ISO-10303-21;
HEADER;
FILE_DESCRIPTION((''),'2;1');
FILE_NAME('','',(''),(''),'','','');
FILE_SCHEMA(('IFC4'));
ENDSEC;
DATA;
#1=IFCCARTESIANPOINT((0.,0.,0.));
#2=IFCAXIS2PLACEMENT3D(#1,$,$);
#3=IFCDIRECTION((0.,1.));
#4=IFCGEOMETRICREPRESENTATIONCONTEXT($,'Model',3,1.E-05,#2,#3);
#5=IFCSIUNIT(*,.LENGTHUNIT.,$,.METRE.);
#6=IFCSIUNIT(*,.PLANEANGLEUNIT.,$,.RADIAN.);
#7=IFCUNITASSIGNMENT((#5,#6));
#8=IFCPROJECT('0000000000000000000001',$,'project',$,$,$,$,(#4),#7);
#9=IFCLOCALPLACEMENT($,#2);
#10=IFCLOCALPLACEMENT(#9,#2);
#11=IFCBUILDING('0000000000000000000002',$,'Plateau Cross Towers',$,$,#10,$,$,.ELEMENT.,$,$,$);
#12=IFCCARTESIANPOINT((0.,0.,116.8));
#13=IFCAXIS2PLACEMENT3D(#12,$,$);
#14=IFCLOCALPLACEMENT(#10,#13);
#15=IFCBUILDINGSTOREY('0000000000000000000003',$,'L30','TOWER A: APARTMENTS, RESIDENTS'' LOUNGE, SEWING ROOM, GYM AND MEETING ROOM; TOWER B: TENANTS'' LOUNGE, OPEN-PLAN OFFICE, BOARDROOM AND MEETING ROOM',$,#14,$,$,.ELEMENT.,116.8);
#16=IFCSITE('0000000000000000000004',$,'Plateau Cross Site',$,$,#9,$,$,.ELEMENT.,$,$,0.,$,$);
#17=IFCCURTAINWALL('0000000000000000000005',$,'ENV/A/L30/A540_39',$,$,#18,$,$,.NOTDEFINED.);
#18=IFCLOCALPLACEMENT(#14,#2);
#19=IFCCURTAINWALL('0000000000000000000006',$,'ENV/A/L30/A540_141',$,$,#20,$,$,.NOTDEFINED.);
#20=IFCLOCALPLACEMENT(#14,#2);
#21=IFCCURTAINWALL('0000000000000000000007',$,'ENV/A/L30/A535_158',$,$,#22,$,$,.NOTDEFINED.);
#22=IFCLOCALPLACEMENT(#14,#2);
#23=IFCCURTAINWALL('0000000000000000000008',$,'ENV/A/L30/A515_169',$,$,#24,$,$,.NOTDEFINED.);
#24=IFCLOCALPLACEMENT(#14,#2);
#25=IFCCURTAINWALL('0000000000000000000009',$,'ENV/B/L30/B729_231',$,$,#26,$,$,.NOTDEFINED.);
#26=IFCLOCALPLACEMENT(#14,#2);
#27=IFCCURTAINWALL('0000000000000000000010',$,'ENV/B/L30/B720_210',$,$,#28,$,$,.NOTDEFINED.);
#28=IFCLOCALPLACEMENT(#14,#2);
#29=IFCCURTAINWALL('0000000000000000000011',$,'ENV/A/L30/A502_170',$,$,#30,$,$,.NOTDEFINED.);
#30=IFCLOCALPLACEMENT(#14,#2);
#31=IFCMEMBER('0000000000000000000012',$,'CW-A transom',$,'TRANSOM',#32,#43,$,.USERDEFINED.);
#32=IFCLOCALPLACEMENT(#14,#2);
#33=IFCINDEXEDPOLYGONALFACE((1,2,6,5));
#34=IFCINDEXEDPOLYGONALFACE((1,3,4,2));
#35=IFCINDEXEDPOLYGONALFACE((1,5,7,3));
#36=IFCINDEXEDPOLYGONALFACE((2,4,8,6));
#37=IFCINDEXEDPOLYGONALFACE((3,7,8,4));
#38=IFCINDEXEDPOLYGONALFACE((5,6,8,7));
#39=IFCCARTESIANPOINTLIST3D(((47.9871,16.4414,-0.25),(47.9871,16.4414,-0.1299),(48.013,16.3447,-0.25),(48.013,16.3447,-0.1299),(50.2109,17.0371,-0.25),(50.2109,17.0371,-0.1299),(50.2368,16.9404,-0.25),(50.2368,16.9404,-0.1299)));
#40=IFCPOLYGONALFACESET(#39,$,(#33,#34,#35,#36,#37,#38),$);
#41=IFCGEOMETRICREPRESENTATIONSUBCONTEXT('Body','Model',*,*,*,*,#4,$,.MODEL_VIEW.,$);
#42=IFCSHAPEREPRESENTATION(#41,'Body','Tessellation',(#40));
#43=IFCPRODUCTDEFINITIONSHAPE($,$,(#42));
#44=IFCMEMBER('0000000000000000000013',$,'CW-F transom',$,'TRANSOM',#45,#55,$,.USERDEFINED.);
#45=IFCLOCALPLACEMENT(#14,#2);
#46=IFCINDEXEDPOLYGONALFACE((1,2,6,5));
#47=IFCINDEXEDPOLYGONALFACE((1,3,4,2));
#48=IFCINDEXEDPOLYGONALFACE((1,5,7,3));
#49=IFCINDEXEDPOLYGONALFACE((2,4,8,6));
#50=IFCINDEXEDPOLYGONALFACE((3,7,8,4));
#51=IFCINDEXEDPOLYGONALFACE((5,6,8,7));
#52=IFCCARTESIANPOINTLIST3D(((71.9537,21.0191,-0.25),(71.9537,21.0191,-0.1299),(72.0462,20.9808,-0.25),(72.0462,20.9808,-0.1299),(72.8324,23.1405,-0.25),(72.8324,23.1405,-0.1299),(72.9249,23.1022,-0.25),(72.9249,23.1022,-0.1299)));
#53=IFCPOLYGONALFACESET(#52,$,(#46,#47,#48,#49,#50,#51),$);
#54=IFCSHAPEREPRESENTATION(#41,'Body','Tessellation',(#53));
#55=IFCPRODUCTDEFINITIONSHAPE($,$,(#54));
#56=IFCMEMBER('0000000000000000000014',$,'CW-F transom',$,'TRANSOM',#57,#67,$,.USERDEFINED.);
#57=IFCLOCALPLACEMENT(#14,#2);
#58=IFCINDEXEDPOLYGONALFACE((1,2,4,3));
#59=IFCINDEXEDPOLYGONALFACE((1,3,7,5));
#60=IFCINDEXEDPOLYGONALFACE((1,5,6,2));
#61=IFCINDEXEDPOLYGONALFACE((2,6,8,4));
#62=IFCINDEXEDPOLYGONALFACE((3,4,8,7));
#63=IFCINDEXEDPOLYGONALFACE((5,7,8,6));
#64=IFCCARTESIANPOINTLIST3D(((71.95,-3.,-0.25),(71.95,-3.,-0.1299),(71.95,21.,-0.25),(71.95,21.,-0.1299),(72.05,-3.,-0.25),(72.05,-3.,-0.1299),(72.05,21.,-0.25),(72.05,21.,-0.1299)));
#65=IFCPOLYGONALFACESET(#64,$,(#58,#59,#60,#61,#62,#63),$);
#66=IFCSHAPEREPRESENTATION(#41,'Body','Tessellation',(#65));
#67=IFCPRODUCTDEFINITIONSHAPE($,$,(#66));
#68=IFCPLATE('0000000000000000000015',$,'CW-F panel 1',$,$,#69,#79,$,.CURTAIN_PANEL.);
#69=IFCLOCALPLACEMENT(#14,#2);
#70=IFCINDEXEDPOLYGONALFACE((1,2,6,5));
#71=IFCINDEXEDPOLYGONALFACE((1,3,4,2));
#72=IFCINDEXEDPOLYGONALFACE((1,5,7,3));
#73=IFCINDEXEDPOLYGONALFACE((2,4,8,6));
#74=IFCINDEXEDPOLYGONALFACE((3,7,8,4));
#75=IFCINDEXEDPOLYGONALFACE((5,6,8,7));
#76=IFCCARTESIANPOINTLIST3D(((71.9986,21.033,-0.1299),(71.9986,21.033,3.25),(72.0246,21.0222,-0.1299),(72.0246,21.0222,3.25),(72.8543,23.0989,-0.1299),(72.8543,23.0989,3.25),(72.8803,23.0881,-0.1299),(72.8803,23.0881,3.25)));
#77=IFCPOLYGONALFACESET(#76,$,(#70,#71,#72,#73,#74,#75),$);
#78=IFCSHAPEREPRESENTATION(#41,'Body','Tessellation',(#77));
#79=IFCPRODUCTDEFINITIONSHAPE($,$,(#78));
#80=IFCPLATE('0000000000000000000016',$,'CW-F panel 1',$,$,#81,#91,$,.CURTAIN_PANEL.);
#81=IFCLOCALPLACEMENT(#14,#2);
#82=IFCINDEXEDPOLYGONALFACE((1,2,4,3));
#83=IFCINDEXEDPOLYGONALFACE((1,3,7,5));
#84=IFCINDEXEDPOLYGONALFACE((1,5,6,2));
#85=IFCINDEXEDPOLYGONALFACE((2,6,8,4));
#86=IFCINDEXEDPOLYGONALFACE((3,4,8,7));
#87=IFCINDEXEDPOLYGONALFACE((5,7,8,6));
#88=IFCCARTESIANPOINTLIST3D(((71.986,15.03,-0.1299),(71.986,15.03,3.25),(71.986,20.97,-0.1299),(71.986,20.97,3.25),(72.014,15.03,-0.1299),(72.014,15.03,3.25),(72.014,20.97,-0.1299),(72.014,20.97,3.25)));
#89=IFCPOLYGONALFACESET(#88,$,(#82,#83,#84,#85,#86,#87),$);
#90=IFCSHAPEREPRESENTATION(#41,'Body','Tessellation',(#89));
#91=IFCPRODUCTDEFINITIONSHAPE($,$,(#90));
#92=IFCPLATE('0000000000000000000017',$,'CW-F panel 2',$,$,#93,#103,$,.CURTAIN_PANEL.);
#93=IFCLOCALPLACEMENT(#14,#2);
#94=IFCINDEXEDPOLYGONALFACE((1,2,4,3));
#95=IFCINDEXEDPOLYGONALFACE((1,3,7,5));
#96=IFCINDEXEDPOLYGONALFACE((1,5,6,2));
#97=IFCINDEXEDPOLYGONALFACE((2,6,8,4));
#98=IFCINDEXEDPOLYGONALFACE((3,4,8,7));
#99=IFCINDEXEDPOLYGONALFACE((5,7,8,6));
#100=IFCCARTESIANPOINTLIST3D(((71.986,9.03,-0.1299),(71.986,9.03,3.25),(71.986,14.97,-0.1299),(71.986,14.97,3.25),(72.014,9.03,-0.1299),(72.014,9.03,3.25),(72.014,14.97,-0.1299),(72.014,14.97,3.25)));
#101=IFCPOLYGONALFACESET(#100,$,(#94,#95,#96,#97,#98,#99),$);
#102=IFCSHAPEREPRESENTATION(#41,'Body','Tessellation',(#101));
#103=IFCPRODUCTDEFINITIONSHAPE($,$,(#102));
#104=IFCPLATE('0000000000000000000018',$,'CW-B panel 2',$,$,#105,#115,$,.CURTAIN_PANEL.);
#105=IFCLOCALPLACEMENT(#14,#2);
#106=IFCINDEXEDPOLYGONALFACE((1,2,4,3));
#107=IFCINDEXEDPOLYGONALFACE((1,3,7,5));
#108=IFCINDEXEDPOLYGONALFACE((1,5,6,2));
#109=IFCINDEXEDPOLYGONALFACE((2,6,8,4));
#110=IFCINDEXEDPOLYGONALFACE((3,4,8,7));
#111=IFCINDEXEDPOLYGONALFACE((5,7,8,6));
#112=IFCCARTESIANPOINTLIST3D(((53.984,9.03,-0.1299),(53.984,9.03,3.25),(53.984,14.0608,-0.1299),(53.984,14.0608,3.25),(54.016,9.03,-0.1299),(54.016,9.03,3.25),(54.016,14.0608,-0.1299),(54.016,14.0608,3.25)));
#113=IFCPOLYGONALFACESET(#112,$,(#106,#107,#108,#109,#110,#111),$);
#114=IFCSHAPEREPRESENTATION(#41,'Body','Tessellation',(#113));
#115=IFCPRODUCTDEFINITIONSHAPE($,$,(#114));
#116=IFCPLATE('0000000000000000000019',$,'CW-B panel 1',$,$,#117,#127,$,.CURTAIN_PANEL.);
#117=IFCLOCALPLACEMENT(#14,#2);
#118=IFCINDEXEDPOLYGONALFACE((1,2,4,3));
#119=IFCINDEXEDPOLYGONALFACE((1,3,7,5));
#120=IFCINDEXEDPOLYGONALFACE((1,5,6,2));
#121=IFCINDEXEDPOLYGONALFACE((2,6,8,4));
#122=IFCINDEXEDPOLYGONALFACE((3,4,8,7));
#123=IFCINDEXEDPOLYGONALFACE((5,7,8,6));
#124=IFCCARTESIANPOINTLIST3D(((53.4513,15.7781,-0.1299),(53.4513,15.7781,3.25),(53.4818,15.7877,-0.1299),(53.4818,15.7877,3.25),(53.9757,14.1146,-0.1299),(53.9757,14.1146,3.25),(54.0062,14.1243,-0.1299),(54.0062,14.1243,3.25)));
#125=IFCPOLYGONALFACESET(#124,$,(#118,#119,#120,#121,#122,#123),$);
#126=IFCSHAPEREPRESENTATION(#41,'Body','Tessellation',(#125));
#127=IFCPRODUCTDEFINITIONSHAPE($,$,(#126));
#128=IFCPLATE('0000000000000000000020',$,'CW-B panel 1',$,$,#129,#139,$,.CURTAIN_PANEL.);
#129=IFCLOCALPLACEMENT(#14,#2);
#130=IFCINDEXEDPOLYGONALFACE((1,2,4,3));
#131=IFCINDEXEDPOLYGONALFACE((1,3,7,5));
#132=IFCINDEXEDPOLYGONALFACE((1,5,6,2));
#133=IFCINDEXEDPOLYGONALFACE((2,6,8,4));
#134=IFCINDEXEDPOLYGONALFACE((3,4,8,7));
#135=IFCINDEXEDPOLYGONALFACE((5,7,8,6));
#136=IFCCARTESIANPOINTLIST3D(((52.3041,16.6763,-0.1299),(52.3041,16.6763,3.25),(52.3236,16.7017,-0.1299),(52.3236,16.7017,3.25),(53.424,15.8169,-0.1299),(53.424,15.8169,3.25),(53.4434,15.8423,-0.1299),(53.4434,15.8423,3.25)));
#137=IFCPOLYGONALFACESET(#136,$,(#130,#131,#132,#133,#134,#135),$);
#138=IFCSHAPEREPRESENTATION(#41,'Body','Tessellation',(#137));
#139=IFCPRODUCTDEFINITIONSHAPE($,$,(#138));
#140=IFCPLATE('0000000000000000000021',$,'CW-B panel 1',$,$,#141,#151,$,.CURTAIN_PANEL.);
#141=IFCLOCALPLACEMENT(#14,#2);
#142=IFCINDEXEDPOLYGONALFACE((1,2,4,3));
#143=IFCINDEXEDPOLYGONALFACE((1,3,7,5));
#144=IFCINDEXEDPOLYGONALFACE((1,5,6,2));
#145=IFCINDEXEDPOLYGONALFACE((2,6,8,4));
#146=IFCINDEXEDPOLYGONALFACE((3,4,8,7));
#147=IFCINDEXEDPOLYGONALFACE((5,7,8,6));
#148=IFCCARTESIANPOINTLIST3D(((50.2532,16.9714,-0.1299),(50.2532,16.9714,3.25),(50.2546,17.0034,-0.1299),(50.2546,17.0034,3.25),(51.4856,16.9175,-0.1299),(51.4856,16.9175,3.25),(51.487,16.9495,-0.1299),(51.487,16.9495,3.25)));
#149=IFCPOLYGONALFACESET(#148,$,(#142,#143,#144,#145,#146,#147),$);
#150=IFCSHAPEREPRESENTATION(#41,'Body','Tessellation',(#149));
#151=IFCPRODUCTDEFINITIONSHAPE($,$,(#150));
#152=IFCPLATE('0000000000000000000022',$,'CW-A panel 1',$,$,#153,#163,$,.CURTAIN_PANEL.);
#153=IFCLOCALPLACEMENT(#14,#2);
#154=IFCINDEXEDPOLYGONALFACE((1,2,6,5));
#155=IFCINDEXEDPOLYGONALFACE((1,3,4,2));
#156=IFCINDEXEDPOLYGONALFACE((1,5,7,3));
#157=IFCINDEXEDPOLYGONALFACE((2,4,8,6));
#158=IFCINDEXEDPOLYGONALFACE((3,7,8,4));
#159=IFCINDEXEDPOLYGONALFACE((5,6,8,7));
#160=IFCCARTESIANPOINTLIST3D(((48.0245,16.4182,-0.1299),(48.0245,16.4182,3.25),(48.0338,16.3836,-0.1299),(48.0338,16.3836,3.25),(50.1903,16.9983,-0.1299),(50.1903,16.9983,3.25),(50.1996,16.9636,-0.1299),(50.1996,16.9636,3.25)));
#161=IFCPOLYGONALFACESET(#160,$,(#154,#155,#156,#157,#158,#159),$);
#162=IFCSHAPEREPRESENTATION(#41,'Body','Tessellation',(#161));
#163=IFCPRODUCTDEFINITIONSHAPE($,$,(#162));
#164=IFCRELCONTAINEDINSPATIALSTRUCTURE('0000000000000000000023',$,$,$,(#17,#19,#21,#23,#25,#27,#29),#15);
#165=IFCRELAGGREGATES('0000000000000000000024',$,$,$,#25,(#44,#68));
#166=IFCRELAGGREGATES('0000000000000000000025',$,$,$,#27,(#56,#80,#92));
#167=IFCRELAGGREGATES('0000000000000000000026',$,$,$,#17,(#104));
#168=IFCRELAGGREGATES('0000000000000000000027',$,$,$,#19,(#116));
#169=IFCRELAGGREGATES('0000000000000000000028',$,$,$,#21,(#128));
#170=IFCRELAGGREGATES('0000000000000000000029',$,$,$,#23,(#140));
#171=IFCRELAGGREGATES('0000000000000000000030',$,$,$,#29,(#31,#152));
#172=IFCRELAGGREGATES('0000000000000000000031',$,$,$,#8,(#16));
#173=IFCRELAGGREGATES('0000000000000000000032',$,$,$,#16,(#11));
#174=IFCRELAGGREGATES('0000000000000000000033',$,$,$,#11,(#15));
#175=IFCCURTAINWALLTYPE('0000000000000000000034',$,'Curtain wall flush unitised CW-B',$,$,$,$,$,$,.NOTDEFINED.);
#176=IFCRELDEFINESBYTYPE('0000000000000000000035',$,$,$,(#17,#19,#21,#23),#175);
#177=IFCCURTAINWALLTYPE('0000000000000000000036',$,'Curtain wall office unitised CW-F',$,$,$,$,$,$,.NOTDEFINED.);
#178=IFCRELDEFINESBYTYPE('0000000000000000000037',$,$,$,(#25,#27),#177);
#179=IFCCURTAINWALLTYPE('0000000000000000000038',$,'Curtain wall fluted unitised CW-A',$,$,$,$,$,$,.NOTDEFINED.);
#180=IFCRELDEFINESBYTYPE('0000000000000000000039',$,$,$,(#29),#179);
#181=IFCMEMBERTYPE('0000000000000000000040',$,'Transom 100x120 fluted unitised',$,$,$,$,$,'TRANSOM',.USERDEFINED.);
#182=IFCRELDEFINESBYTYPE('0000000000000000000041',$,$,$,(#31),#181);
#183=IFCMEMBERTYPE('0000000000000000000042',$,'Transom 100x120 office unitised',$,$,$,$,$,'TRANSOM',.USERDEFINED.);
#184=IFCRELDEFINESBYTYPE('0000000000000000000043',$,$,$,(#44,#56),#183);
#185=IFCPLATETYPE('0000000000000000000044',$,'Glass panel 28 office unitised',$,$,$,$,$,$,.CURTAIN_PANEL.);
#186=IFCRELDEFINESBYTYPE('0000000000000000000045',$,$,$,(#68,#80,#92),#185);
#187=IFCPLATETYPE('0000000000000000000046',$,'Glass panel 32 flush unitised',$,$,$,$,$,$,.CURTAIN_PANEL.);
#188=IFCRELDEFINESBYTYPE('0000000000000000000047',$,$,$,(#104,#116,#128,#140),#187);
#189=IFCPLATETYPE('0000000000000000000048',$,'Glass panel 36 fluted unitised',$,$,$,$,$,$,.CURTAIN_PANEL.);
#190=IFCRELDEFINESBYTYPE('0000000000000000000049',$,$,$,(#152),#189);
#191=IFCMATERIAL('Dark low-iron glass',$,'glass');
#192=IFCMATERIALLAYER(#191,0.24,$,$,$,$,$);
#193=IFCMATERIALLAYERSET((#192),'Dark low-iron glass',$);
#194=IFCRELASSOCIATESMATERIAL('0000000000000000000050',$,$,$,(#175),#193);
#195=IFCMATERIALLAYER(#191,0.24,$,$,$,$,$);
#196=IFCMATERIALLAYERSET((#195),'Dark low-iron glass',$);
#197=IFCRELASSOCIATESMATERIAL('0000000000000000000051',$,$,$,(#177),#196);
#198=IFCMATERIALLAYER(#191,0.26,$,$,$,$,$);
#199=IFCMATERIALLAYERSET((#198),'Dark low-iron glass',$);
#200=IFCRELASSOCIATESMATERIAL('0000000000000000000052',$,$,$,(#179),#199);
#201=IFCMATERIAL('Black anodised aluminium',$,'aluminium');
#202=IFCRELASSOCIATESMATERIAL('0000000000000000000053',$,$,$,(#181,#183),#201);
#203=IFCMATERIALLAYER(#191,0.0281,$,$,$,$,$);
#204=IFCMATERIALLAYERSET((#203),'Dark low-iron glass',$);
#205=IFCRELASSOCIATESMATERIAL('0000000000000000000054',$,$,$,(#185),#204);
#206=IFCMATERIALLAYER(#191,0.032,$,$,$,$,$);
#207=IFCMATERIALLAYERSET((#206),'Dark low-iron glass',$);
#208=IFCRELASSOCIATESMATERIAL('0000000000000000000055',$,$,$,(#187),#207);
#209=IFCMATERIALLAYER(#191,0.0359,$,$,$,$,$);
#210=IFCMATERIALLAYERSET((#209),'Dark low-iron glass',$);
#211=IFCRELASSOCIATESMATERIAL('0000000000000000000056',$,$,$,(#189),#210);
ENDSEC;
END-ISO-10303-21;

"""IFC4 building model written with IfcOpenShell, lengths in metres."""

from ifc_helpers import new_model, si_unit, direction, frame, origin, origin_2d, place, context, subcontext, project, spatial, rectangle, extrude, material, layer, layer_set, material_profile, profile_set, type_object, element, aggregate, save


model = new_model("IFC4")

# Units and contexts
model_context = context("Model", 3, precision=1e-05, world=origin(), true_north=direction((0.0, 1.0)))
body_context = subcontext(model_context, "Body", "Model", "MODEL_VIEW")
ifc_project = project(units=[si_unit("LENGTHUNIT", "METRE"), si_unit("PLANEANGLEUNIT", "RADIAN")], contexts=[model_context])

# Site, building, storey
site_placement = place(None, origin())
site = spatial("IfcSite", under=ifc_project, at=site_placement, Name="Plateau Cross Site", CompositionType="ELEMENT", RefElevation=0.0)
building_placement = place(site_placement, origin())
building = spatial("IfcBuilding", under=site, at=building_placement, Name="Plateau Cross Towers", CompositionType="ELEMENT")
storey_placement = place(building_placement, frame((0.0, 0.0, 116.8)))
storey = spatial("IfcBuildingStorey", under=building, at=storey_placement, Name="L30", Description="TOWER A: APARTMENTS, RESIDENTS' LOUNGE, SEWING ROOM, GYM AND MEETING ROOM; TOWER B: TENANTS' LOUNGE, OPEN-PLAN OFFICE, BOARDROOM AND MEETING ROOM", CompositionType="ELEMENT", Elevation=116.8)

# Curtain walls
ifc_material_1 = material(Name="Dark low-iron glass", Category="glass")
ifc_layer_1 = layer(ifc_material_1, 0.24)
ifc_layer_set_1 = layer_set([ifc_layer_1], Name="Dark low-iron glass")
curtain_wall_type_1 = type_object("IfcCurtainWallType", Name="Curtain wall flush unitised CW-B", PredefinedType="NOTDEFINED", material=ifc_layer_set_1)
curtain_wall_1_placement = place(storey_placement, origin())
curtain_wall_1 = element("IfcCurtainWall", 1, at=curtain_wall_1_placement, inside=storey, type_object=curtain_wall_type_1, Name="ENV/A/L30/A540_39", PredefinedType="NOTDEFINED")
ifc_material_2 = material(Name="Black anodised aluminium", Category="aluminium")
curtain_wall_2_placement = place(storey_placement, origin())
curtain_wall_2 = element("IfcCurtainWall", 2, at=curtain_wall_2_placement, inside=storey, type_object=curtain_wall_type_1, Name="ENV/A/L30/A540_141", PredefinedType="NOTDEFINED")

# Curtain wall
curtain_wall_3_placement = place(storey_placement, origin())
curtain_wall_3 = element("IfcCurtainWall", 3, at=curtain_wall_3_placement, inside=storey, type_object=curtain_wall_type_1, Name="ENV/A/L30/A535_158", PredefinedType="NOTDEFINED")

# Curtain walls
curtain_wall_4_placement = place(storey_placement, origin())
curtain_wall_4 = element("IfcCurtainWall", 4, at=curtain_wall_4_placement, inside=storey, type_object=curtain_wall_type_1, Name="ENV/A/L30/A515_169", PredefinedType="NOTDEFINED")
ifc_layer_2 = layer(ifc_material_1, 0.24)
ifc_layer_set_2 = layer_set([ifc_layer_2], Name="Dark low-iron glass")
curtain_wall_type_2 = type_object("IfcCurtainWallType", Name="Curtain wall office unitised CW-F", PredefinedType="NOTDEFINED", material=ifc_layer_set_2)
curtain_wall_5_placement = place(storey_placement, origin())
curtain_wall_5 = element("IfcCurtainWall", 5, at=curtain_wall_5_placement, inside=storey, type_object=curtain_wall_type_2, Name="ENV/B/L30/B729_231", PredefinedType="NOTDEFINED")

# Curtain wall
curtain_wall_6_placement = place(storey_placement, origin())
curtain_wall_6 = element("IfcCurtainWall", 6, at=curtain_wall_6_placement, inside=storey, type_object=curtain_wall_type_2, Name="ENV/B/L30/B720_210", PredefinedType="NOTDEFINED")

# Curtain wall
ifc_layer_3 = layer(ifc_material_1, 0.26)
ifc_layer_set_3 = layer_set([ifc_layer_3], Name="Dark low-iron glass")
curtain_wall_type_3 = type_object("IfcCurtainWallType", Name="Curtain wall fluted unitised CW-A", PredefinedType="NOTDEFINED", material=ifc_layer_set_3)
curtain_wall_7_placement = place(storey_placement, origin())
curtain_wall_7 = element("IfcCurtainWall", 7, at=curtain_wall_7_placement, inside=storey, type_object=curtain_wall_type_3, Name="ENV/A/L30/A502_170", PredefinedType="NOTDEFINED")

# Members
ifc_material_profile_1 = material_profile(ifc_material_2, rectangle(XDim=0.1001, YDim=0.1201, at=origin_2d()), Name="TRANSOM 100x120")
ifc_profile_set_1 = profile_set([ifc_material_profile_1], Name="Black anodised aluminium")
member_type_1 = type_object("IfcMemberType", Name="Transom 100x120 fluted unitised", ElementType="TRANSOM", PredefinedType="USERDEFINED", material=ifc_profile_set_1)
member_1_placement = place(storey_placement, frame((50.2239, 16.9888, -0.1899), z_axis=(-0.965946, -0.258745, 0.0), x_axis=(0.258745, -0.965946, 0.0)))
member_1 = element("IfcMember", 8, at=member_1_placement, type_object=member_type_1, Name="CW-A transom", ObjectType="TRANSOM", PredefinedType="USERDEFINED", context=body_context, shape_type="SweptSolid", body=[
    extrude(rectangle(XDim=0.1001, YDim=0.1201, at=origin_2d()), origin(), (0.0, 0.0, 1.0), 2.3022),
])
ifc_material_profile_2 = material_profile(ifc_material_2, rectangle(XDim=0.1001, YDim=0.1201, at=origin_2d()), Name="TRANSOM 100x120")
ifc_profile_set_2 = profile_set([ifc_material_profile_2], Name="Black anodised aluminium")
member_type_2 = type_object("IfcMemberType", Name="Transom 100x120 office unitised", ElementType="TRANSOM", PredefinedType="USERDEFINED", material=ifc_profile_set_2)
member_2_placement = place(storey_placement, frame((72.8787, 23.1213, -0.1899), z_axis=(-0.382674, -0.923883, 0.0), x_axis=(0.923883, -0.382674, 0.0)))
member_2 = element("IfcMember", 9, at=member_2_placement, type_object=member_type_2, Name="CW-F transom", ObjectType="TRANSOM", PredefinedType="USERDEFINED", context=body_context, shape_type="SweptSolid", body=[
    extrude(rectangle(XDim=0.1001, YDim=0.1201, at=origin_2d()), origin(), (0.0, 0.0, 1.0), 2.2961),
])
member_3_placement = place(storey_placement, frame((72.0, 21.0, -0.1899), z_axis=(0.0, -1.0, 0.0), x_axis=(1.0, 0.0, 0.0)))
member_3 = element("IfcMember", 10, at=member_3_placement, type_object=member_type_2, Name="CW-F transom", ObjectType="TRANSOM", PredefinedType="USERDEFINED", context=body_context, shape_type="SweptSolid", body=[
    extrude(rectangle(XDim=0.1001, YDim=0.1201, at=origin_2d()), origin(), (0.0, 0.0, 1.0), 24.0),
])

# Plates
ifc_layer_4 = layer(ifc_material_1, 0.0281)
ifc_layer_set_4 = layer_set([ifc_layer_4], Name="Dark low-iron glass")
plate_type_1 = type_object("IfcPlateType", Name="Glass panel 28 office unitised", PredefinedType="CURTAIN_PANEL", material=ifc_layer_set_4)
plate_1_placement = place(storey_placement, frame((72.4395, 22.0605, -0.1299), z_axis=(0.0, 0.0, 1.0), x_axis=(-0.382684, -0.923879, 0.0)))
plate_1 = element("IfcPlate", 11, at=plate_1_placement, type_object=plate_type_1, Name="CW-F panel 1", PredefinedType="CURTAIN_PANEL", context=body_context, shape_type="SweptSolid", body=[
    extrude(rectangle(XDim=2.2361, YDim=0.0281, at=origin_2d()), origin(), (0.0, 0.0, 1.0), 3.3799),
])
aggregate(curtain_wall_5, [member_2, plate_1])
plate_2_placement = place(storey_placement, frame((72.0, 18.0, -0.1299), z_axis=(0.0, 0.0, 1.0), x_axis=(0.0, -1.0, 0.0)))
plate_2 = element("IfcPlate", 12, at=plate_2_placement, type_object=plate_type_1, Name="CW-F panel 1", PredefinedType="CURTAIN_PANEL", context=body_context, shape_type="SweptSolid", body=[
    extrude(rectangle(XDim=5.9399, YDim=0.0281, at=origin_2d()), origin(), (0.0, 0.0, 1.0), 3.3799),
])
plate_3_placement = place(storey_placement, frame((72.0, 12.0, -0.1299), z_axis=(0.0, 0.0, 1.0), x_axis=(0.0, -1.0, 0.0)))
plate_3 = element("IfcPlate", 13, at=plate_3_placement, type_object=plate_type_1, Name="CW-F panel 2", PredefinedType="CURTAIN_PANEL", context=body_context, shape_type="SweptSolid", body=[
    extrude(rectangle(XDim=5.9399, YDim=0.0281, at=origin_2d()), origin(), (0.0, 0.0, 1.0), 3.3799),
])
aggregate(curtain_wall_6, [member_3, plate_2, plate_3])
ifc_layer_5 = layer(ifc_material_1, 0.032)
ifc_layer_set_5 = layer_set([ifc_layer_5], Name="Dark low-iron glass")
plate_type_2 = type_object("IfcPlateType", Name="Glass panel 32 flush unitised", PredefinedType="CURTAIN_PANEL", material=ifc_layer_set_5)
plate_4_placement = place(storey_placement, frame((54.0, 11.5454, -0.1299), z_axis=(0.0, 0.0, 1.0), x_axis=(0.0, 1.0, 0.0)))
plate_4 = element("IfcPlate", 14, at=plate_4_placement, type_object=plate_type_2, Name="CW-B panel 2", PredefinedType="CURTAIN_PANEL", context=body_context, shape_type="SweptSolid", body=[
    extrude(rectangle(XDim=5.0308, YDim=0.032, at=origin_2d()), origin(), (0.0, 0.0, 1.0), 3.3799),
])
aggregate(curtain_wall_1, [plate_4])
plate_5_placement = place(storey_placement, frame((53.7288, 14.9512, -0.1299), z_axis=(0.0, 0.0, 1.0), x_axis=(-0.300686, 0.953723, 0.0)))
plate_5 = element("IfcPlate", 15, at=plate_5_placement, type_object=plate_type_2, Name="CW-B panel 1", PredefinedType="CURTAIN_PANEL", context=body_context, shape_type="SweptSolid", body=[
    extrude(rectangle(XDim=1.7441, YDim=0.032, at=origin_2d()), origin(), (0.0, 0.0, 1.0), 3.3799),
])
aggregate(curtain_wall_2, [plate_5])
plate_6_placement = place(storey_placement, frame((52.8738, 16.2593, -0.1299), z_axis=(0.0, 0.0, 1.0), x_axis=(-0.793316, 0.608811, 0.0)))
plate_6 = element("IfcPlate", 16, at=plate_6_placement, type_object=plate_type_2, Name="CW-B panel 1", PredefinedType="CURTAIN_PANEL", context=body_context, shape_type="SweptSolid", body=[
    extrude(rectangle(XDim=1.4116, YDim=0.032, at=origin_2d()), origin(), (0.0, 0.0, 1.0), 3.3799),
])
aggregate(curtain_wall_3, [plate_6])
plate_7_placement = place(storey_placement, frame((50.8701, 16.9604, -0.1299), z_axis=(0.0, 0.0, 1.0), x_axis=(-0.999044, 0.043723, 0.0)))
plate_7 = element("IfcPlate", 17, at=plate_7_placement, type_object=plate_type_2, Name="CW-B panel 1", PredefinedType="CURTAIN_PANEL", context=body_context, shape_type="SweptSolid", body=[
    extrude(rectangle(XDim=1.2336, YDim=0.032, at=origin_2d()), origin(), (0.0, 0.0, 1.0), 3.3799),
])
aggregate(curtain_wall_4, [plate_7])
ifc_layer_6 = layer(ifc_material_1, 0.0359)
ifc_layer_set_6 = layer_set([ifc_layer_6], Name="Dark low-iron glass")
plate_type_3 = type_object("IfcPlateType", Name="Glass panel 36 fluted unitised", PredefinedType="CURTAIN_PANEL", material=ifc_layer_set_6)
plate_8_placement = place(storey_placement, frame((49.1121, 16.6909, -0.1299), z_axis=(0.0, 0.0, 1.0), x_axis=(-0.965958, -0.258699, 0.0)))
plate_8 = element("IfcPlate", 18, at=plate_8_placement, type_object=plate_type_3, Name="CW-A panel 1", PredefinedType="CURTAIN_PANEL", context=body_context, shape_type="SweptSolid", body=[
    extrude(rectangle(XDim=2.2422, YDim=0.0359, at=origin_2d()), origin(), (0.0, 0.0, 1.0), 3.3799),
])
aggregate(curtain_wall_7, [member_1, plate_8])

save(model, "model.ifc")
